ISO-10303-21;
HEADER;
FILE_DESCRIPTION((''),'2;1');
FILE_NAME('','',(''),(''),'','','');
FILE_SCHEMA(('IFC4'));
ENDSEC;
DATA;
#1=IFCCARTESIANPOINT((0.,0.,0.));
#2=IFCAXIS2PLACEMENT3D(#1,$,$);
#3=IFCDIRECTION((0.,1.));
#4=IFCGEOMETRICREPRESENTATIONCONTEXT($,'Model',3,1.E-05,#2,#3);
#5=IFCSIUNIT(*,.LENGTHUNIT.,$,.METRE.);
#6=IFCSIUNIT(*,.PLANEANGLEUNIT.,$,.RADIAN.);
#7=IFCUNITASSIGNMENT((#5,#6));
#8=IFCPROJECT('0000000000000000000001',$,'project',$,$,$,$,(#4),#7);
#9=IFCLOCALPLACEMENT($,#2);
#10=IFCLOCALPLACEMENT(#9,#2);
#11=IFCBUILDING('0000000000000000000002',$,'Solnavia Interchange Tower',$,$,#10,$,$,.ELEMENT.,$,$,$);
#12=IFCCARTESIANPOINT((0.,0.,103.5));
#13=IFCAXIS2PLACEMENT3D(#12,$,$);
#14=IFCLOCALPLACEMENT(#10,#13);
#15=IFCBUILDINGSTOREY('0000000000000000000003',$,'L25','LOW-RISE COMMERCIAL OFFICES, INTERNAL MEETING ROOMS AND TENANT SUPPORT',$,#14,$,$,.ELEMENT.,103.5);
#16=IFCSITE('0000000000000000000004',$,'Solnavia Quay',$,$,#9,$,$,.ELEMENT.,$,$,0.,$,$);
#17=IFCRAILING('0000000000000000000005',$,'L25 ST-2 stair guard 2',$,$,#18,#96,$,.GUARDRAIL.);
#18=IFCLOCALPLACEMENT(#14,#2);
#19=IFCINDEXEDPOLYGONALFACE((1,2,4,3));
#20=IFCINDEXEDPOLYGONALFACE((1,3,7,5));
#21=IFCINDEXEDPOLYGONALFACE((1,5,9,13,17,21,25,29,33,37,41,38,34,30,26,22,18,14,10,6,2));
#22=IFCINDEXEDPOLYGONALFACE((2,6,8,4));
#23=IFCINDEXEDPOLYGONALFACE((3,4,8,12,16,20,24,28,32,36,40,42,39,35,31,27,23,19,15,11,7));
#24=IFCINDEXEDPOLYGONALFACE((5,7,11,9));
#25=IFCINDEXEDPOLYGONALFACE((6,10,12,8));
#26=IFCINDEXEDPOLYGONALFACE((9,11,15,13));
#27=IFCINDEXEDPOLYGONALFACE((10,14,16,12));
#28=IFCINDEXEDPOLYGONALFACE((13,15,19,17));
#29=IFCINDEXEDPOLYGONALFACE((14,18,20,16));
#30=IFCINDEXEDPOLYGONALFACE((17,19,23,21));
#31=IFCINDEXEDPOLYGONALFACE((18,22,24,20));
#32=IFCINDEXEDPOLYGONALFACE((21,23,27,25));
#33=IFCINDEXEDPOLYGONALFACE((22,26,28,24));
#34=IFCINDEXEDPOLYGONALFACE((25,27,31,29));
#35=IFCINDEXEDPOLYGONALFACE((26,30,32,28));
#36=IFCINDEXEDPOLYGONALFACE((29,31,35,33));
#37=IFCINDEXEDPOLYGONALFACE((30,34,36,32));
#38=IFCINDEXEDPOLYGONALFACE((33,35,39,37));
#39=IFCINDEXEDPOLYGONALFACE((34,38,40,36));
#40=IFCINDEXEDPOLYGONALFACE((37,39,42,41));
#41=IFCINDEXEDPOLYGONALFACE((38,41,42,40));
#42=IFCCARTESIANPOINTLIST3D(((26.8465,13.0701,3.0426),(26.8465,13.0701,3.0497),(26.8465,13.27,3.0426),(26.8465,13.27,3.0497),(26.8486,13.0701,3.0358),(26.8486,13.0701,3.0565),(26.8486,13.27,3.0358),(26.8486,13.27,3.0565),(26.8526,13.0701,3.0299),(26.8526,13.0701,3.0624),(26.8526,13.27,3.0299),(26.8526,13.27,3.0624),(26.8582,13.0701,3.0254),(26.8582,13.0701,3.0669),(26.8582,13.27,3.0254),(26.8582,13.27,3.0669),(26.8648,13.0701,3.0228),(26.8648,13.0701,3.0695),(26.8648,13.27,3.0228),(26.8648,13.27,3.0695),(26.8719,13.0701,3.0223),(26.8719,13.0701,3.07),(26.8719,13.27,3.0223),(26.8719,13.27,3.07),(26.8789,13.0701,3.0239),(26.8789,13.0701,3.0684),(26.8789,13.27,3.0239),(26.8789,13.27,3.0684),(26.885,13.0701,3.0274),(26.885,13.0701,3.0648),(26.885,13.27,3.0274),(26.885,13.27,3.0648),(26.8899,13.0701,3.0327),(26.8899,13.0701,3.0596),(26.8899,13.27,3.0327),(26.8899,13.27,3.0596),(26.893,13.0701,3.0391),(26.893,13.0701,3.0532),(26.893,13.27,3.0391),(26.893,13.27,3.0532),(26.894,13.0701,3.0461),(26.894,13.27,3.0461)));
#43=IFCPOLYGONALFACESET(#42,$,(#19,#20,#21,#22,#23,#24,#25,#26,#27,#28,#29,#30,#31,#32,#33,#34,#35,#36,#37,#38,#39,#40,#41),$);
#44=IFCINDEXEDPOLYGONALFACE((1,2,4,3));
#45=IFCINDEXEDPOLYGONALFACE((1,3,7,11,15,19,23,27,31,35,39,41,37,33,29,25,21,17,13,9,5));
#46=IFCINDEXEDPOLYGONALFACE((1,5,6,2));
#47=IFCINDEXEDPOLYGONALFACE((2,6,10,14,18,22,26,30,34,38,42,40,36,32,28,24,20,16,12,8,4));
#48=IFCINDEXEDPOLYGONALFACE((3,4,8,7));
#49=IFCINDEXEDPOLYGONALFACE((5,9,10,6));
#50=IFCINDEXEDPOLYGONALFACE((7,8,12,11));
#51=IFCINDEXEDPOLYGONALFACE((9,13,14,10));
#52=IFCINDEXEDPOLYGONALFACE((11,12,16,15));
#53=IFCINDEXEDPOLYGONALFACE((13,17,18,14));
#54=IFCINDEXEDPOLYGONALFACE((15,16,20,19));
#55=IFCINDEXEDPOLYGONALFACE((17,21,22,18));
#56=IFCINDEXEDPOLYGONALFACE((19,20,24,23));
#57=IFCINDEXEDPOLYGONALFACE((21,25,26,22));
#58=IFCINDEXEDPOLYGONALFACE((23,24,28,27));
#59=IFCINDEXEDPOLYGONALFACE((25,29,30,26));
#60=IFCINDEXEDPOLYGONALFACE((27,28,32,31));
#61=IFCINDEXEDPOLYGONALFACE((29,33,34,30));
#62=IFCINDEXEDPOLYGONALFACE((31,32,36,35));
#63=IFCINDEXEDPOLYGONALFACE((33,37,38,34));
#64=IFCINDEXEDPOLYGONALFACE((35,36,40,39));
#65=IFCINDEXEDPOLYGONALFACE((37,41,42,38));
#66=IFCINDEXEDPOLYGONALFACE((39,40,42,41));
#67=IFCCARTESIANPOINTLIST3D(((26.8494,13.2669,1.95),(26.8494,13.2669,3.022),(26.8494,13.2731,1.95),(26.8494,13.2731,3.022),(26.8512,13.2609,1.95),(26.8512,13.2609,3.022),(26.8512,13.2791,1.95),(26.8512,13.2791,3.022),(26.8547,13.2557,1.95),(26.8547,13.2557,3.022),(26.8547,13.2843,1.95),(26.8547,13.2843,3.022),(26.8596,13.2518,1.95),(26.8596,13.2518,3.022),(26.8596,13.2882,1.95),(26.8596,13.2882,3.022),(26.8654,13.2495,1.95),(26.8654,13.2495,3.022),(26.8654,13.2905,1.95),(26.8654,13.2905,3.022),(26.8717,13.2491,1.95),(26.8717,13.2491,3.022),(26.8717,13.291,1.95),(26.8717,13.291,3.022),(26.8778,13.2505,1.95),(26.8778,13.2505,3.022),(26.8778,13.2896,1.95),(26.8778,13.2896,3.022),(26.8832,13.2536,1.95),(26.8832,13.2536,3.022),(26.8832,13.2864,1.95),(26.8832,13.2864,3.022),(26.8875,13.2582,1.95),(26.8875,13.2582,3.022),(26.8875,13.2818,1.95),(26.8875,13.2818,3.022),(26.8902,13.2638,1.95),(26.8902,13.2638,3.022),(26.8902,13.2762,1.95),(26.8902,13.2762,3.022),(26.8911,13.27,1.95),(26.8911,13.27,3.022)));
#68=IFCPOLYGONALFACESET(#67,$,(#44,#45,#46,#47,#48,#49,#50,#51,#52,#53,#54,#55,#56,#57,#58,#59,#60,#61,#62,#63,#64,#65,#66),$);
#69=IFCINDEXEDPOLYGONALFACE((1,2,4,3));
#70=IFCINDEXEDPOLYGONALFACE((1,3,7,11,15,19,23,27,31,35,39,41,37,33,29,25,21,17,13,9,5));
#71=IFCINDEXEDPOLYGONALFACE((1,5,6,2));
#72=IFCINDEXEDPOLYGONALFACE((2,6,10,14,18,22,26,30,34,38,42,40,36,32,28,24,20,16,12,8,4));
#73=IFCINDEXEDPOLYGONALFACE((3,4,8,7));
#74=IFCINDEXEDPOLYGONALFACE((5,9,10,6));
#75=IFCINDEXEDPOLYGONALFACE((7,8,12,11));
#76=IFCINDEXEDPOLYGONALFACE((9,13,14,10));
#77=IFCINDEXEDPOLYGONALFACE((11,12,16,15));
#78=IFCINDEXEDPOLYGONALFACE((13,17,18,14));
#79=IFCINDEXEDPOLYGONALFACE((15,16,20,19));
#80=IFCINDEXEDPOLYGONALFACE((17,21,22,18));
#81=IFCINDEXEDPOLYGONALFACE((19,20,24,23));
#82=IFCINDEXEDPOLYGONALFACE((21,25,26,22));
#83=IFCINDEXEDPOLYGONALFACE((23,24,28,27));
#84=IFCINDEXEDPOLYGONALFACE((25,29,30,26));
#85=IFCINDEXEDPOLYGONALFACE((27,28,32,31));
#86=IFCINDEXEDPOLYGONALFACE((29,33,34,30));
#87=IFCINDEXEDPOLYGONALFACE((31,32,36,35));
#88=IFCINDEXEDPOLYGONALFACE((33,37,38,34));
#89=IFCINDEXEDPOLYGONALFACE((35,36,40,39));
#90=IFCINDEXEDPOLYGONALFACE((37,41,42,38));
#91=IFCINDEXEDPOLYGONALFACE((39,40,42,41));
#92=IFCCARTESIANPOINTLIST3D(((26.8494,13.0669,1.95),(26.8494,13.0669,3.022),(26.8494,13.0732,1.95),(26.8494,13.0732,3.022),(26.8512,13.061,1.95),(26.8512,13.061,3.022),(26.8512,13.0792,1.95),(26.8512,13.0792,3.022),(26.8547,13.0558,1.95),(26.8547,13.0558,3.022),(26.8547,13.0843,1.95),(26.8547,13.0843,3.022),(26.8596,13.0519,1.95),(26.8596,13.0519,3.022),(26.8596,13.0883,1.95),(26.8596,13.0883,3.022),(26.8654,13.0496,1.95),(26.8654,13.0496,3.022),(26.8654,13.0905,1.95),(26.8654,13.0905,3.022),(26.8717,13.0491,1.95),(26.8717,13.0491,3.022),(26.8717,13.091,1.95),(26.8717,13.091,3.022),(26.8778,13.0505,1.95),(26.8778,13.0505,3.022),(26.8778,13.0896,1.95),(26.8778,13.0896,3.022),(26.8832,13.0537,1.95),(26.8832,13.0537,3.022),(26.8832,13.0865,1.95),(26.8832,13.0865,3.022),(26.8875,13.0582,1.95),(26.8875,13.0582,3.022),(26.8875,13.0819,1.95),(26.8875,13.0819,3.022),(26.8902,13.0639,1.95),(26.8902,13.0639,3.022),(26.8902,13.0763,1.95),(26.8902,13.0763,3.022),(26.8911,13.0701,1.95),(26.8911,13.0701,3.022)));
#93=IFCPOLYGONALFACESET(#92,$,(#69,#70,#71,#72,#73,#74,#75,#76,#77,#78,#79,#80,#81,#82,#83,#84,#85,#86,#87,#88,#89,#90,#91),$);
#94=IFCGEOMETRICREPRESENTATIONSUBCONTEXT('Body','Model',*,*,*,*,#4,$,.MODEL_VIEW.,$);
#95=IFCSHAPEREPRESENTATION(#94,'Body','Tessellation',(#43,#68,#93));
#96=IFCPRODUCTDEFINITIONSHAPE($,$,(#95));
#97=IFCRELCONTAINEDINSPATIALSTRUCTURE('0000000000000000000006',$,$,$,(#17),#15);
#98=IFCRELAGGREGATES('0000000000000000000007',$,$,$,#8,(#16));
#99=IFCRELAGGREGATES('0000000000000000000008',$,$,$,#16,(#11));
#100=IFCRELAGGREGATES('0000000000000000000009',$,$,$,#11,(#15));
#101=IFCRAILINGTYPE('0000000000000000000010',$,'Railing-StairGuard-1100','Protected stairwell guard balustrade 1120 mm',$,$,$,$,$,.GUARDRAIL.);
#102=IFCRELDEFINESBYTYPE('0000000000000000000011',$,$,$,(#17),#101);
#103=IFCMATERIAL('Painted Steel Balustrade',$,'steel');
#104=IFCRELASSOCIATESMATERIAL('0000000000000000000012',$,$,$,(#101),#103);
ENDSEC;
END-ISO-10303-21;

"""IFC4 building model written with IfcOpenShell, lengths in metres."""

from ifc_helpers import new_model, si_unit, direction, frame, origin, origin_2d, place, context, subcontext, project, spatial, circle, extrude, material, type_object, element, save


model = new_model("IFC4")

# Units and contexts
model_context = context("Model", 3, precision=1e-05, world=origin(), true_north=direction((0.0, 1.0)))
body_context = subcontext(model_context, "Body", "Model", "MODEL_VIEW")
ifc_project = project(units=[si_unit("LENGTHUNIT", "METRE"), si_unit("PLANEANGLEUNIT", "RADIAN")], contexts=[model_context])

# Site, building, storey
site_placement = place(None, origin())
site = spatial("IfcSite", under=ifc_project, at=site_placement, Name="Solnavia Quay", CompositionType="ELEMENT", RefElevation=0.0)
building_placement = place(site_placement, origin())
building = spatial("IfcBuilding", under=site, at=building_placement, Name="Solnavia Interchange Tower", CompositionType="ELEMENT")
storey_placement = place(building_placement, frame((0.0, 0.0, 103.5)))
storey = spatial("IfcBuildingStorey", under=building, at=storey_placement, Name="L25", Description="LOW-RISE COMMERCIAL OFFICES, INTERNAL MEETING ROOMS AND TENANT SUPPORT", CompositionType="ELEMENT", Elevation=103.5)

# Railing
ifc_material_1 = material(Name="Painted Steel Balustrade", Category="steel")
railing_type_1 = type_object("IfcRailingType", Name="Railing-StairGuard-1100", Description="Protected stairwell guard balustrade 1120 mm", PredefinedType="GUARDRAIL", material=ifc_material_1)
railing_1_placement = place(storey_placement, frame((26.8701, 13.27, 1.95)))
element("IfcRailing", 1, at=railing_1_placement, inside=storey, type_object=railing_type_1, Name="L25 ST-2 stair guard 2", PredefinedType="GUARDRAIL", context=body_context, shape_type="SweptSolid", body=[
    extrude(circle(Radius=0.0239, at=origin_2d()), frame((0.0, 0.0, 1.0962), z_axis=(0.0, -1.0, 0.0), x_axis=(1.0, 0.0, 0.0)), (0.0, 0.0, 1.0), 0.2),
    extrude(circle(Radius=0.021, at=origin_2d()), origin(), (0.0, 0.0, 1.0), 1.072),
    extrude(circle(Radius=0.021, at=origin_2d()), frame((0.0, -0.2, 0.0)), (0.0, 0.0, 1.0), 1.072),
])

save(model, "model.ifc")
